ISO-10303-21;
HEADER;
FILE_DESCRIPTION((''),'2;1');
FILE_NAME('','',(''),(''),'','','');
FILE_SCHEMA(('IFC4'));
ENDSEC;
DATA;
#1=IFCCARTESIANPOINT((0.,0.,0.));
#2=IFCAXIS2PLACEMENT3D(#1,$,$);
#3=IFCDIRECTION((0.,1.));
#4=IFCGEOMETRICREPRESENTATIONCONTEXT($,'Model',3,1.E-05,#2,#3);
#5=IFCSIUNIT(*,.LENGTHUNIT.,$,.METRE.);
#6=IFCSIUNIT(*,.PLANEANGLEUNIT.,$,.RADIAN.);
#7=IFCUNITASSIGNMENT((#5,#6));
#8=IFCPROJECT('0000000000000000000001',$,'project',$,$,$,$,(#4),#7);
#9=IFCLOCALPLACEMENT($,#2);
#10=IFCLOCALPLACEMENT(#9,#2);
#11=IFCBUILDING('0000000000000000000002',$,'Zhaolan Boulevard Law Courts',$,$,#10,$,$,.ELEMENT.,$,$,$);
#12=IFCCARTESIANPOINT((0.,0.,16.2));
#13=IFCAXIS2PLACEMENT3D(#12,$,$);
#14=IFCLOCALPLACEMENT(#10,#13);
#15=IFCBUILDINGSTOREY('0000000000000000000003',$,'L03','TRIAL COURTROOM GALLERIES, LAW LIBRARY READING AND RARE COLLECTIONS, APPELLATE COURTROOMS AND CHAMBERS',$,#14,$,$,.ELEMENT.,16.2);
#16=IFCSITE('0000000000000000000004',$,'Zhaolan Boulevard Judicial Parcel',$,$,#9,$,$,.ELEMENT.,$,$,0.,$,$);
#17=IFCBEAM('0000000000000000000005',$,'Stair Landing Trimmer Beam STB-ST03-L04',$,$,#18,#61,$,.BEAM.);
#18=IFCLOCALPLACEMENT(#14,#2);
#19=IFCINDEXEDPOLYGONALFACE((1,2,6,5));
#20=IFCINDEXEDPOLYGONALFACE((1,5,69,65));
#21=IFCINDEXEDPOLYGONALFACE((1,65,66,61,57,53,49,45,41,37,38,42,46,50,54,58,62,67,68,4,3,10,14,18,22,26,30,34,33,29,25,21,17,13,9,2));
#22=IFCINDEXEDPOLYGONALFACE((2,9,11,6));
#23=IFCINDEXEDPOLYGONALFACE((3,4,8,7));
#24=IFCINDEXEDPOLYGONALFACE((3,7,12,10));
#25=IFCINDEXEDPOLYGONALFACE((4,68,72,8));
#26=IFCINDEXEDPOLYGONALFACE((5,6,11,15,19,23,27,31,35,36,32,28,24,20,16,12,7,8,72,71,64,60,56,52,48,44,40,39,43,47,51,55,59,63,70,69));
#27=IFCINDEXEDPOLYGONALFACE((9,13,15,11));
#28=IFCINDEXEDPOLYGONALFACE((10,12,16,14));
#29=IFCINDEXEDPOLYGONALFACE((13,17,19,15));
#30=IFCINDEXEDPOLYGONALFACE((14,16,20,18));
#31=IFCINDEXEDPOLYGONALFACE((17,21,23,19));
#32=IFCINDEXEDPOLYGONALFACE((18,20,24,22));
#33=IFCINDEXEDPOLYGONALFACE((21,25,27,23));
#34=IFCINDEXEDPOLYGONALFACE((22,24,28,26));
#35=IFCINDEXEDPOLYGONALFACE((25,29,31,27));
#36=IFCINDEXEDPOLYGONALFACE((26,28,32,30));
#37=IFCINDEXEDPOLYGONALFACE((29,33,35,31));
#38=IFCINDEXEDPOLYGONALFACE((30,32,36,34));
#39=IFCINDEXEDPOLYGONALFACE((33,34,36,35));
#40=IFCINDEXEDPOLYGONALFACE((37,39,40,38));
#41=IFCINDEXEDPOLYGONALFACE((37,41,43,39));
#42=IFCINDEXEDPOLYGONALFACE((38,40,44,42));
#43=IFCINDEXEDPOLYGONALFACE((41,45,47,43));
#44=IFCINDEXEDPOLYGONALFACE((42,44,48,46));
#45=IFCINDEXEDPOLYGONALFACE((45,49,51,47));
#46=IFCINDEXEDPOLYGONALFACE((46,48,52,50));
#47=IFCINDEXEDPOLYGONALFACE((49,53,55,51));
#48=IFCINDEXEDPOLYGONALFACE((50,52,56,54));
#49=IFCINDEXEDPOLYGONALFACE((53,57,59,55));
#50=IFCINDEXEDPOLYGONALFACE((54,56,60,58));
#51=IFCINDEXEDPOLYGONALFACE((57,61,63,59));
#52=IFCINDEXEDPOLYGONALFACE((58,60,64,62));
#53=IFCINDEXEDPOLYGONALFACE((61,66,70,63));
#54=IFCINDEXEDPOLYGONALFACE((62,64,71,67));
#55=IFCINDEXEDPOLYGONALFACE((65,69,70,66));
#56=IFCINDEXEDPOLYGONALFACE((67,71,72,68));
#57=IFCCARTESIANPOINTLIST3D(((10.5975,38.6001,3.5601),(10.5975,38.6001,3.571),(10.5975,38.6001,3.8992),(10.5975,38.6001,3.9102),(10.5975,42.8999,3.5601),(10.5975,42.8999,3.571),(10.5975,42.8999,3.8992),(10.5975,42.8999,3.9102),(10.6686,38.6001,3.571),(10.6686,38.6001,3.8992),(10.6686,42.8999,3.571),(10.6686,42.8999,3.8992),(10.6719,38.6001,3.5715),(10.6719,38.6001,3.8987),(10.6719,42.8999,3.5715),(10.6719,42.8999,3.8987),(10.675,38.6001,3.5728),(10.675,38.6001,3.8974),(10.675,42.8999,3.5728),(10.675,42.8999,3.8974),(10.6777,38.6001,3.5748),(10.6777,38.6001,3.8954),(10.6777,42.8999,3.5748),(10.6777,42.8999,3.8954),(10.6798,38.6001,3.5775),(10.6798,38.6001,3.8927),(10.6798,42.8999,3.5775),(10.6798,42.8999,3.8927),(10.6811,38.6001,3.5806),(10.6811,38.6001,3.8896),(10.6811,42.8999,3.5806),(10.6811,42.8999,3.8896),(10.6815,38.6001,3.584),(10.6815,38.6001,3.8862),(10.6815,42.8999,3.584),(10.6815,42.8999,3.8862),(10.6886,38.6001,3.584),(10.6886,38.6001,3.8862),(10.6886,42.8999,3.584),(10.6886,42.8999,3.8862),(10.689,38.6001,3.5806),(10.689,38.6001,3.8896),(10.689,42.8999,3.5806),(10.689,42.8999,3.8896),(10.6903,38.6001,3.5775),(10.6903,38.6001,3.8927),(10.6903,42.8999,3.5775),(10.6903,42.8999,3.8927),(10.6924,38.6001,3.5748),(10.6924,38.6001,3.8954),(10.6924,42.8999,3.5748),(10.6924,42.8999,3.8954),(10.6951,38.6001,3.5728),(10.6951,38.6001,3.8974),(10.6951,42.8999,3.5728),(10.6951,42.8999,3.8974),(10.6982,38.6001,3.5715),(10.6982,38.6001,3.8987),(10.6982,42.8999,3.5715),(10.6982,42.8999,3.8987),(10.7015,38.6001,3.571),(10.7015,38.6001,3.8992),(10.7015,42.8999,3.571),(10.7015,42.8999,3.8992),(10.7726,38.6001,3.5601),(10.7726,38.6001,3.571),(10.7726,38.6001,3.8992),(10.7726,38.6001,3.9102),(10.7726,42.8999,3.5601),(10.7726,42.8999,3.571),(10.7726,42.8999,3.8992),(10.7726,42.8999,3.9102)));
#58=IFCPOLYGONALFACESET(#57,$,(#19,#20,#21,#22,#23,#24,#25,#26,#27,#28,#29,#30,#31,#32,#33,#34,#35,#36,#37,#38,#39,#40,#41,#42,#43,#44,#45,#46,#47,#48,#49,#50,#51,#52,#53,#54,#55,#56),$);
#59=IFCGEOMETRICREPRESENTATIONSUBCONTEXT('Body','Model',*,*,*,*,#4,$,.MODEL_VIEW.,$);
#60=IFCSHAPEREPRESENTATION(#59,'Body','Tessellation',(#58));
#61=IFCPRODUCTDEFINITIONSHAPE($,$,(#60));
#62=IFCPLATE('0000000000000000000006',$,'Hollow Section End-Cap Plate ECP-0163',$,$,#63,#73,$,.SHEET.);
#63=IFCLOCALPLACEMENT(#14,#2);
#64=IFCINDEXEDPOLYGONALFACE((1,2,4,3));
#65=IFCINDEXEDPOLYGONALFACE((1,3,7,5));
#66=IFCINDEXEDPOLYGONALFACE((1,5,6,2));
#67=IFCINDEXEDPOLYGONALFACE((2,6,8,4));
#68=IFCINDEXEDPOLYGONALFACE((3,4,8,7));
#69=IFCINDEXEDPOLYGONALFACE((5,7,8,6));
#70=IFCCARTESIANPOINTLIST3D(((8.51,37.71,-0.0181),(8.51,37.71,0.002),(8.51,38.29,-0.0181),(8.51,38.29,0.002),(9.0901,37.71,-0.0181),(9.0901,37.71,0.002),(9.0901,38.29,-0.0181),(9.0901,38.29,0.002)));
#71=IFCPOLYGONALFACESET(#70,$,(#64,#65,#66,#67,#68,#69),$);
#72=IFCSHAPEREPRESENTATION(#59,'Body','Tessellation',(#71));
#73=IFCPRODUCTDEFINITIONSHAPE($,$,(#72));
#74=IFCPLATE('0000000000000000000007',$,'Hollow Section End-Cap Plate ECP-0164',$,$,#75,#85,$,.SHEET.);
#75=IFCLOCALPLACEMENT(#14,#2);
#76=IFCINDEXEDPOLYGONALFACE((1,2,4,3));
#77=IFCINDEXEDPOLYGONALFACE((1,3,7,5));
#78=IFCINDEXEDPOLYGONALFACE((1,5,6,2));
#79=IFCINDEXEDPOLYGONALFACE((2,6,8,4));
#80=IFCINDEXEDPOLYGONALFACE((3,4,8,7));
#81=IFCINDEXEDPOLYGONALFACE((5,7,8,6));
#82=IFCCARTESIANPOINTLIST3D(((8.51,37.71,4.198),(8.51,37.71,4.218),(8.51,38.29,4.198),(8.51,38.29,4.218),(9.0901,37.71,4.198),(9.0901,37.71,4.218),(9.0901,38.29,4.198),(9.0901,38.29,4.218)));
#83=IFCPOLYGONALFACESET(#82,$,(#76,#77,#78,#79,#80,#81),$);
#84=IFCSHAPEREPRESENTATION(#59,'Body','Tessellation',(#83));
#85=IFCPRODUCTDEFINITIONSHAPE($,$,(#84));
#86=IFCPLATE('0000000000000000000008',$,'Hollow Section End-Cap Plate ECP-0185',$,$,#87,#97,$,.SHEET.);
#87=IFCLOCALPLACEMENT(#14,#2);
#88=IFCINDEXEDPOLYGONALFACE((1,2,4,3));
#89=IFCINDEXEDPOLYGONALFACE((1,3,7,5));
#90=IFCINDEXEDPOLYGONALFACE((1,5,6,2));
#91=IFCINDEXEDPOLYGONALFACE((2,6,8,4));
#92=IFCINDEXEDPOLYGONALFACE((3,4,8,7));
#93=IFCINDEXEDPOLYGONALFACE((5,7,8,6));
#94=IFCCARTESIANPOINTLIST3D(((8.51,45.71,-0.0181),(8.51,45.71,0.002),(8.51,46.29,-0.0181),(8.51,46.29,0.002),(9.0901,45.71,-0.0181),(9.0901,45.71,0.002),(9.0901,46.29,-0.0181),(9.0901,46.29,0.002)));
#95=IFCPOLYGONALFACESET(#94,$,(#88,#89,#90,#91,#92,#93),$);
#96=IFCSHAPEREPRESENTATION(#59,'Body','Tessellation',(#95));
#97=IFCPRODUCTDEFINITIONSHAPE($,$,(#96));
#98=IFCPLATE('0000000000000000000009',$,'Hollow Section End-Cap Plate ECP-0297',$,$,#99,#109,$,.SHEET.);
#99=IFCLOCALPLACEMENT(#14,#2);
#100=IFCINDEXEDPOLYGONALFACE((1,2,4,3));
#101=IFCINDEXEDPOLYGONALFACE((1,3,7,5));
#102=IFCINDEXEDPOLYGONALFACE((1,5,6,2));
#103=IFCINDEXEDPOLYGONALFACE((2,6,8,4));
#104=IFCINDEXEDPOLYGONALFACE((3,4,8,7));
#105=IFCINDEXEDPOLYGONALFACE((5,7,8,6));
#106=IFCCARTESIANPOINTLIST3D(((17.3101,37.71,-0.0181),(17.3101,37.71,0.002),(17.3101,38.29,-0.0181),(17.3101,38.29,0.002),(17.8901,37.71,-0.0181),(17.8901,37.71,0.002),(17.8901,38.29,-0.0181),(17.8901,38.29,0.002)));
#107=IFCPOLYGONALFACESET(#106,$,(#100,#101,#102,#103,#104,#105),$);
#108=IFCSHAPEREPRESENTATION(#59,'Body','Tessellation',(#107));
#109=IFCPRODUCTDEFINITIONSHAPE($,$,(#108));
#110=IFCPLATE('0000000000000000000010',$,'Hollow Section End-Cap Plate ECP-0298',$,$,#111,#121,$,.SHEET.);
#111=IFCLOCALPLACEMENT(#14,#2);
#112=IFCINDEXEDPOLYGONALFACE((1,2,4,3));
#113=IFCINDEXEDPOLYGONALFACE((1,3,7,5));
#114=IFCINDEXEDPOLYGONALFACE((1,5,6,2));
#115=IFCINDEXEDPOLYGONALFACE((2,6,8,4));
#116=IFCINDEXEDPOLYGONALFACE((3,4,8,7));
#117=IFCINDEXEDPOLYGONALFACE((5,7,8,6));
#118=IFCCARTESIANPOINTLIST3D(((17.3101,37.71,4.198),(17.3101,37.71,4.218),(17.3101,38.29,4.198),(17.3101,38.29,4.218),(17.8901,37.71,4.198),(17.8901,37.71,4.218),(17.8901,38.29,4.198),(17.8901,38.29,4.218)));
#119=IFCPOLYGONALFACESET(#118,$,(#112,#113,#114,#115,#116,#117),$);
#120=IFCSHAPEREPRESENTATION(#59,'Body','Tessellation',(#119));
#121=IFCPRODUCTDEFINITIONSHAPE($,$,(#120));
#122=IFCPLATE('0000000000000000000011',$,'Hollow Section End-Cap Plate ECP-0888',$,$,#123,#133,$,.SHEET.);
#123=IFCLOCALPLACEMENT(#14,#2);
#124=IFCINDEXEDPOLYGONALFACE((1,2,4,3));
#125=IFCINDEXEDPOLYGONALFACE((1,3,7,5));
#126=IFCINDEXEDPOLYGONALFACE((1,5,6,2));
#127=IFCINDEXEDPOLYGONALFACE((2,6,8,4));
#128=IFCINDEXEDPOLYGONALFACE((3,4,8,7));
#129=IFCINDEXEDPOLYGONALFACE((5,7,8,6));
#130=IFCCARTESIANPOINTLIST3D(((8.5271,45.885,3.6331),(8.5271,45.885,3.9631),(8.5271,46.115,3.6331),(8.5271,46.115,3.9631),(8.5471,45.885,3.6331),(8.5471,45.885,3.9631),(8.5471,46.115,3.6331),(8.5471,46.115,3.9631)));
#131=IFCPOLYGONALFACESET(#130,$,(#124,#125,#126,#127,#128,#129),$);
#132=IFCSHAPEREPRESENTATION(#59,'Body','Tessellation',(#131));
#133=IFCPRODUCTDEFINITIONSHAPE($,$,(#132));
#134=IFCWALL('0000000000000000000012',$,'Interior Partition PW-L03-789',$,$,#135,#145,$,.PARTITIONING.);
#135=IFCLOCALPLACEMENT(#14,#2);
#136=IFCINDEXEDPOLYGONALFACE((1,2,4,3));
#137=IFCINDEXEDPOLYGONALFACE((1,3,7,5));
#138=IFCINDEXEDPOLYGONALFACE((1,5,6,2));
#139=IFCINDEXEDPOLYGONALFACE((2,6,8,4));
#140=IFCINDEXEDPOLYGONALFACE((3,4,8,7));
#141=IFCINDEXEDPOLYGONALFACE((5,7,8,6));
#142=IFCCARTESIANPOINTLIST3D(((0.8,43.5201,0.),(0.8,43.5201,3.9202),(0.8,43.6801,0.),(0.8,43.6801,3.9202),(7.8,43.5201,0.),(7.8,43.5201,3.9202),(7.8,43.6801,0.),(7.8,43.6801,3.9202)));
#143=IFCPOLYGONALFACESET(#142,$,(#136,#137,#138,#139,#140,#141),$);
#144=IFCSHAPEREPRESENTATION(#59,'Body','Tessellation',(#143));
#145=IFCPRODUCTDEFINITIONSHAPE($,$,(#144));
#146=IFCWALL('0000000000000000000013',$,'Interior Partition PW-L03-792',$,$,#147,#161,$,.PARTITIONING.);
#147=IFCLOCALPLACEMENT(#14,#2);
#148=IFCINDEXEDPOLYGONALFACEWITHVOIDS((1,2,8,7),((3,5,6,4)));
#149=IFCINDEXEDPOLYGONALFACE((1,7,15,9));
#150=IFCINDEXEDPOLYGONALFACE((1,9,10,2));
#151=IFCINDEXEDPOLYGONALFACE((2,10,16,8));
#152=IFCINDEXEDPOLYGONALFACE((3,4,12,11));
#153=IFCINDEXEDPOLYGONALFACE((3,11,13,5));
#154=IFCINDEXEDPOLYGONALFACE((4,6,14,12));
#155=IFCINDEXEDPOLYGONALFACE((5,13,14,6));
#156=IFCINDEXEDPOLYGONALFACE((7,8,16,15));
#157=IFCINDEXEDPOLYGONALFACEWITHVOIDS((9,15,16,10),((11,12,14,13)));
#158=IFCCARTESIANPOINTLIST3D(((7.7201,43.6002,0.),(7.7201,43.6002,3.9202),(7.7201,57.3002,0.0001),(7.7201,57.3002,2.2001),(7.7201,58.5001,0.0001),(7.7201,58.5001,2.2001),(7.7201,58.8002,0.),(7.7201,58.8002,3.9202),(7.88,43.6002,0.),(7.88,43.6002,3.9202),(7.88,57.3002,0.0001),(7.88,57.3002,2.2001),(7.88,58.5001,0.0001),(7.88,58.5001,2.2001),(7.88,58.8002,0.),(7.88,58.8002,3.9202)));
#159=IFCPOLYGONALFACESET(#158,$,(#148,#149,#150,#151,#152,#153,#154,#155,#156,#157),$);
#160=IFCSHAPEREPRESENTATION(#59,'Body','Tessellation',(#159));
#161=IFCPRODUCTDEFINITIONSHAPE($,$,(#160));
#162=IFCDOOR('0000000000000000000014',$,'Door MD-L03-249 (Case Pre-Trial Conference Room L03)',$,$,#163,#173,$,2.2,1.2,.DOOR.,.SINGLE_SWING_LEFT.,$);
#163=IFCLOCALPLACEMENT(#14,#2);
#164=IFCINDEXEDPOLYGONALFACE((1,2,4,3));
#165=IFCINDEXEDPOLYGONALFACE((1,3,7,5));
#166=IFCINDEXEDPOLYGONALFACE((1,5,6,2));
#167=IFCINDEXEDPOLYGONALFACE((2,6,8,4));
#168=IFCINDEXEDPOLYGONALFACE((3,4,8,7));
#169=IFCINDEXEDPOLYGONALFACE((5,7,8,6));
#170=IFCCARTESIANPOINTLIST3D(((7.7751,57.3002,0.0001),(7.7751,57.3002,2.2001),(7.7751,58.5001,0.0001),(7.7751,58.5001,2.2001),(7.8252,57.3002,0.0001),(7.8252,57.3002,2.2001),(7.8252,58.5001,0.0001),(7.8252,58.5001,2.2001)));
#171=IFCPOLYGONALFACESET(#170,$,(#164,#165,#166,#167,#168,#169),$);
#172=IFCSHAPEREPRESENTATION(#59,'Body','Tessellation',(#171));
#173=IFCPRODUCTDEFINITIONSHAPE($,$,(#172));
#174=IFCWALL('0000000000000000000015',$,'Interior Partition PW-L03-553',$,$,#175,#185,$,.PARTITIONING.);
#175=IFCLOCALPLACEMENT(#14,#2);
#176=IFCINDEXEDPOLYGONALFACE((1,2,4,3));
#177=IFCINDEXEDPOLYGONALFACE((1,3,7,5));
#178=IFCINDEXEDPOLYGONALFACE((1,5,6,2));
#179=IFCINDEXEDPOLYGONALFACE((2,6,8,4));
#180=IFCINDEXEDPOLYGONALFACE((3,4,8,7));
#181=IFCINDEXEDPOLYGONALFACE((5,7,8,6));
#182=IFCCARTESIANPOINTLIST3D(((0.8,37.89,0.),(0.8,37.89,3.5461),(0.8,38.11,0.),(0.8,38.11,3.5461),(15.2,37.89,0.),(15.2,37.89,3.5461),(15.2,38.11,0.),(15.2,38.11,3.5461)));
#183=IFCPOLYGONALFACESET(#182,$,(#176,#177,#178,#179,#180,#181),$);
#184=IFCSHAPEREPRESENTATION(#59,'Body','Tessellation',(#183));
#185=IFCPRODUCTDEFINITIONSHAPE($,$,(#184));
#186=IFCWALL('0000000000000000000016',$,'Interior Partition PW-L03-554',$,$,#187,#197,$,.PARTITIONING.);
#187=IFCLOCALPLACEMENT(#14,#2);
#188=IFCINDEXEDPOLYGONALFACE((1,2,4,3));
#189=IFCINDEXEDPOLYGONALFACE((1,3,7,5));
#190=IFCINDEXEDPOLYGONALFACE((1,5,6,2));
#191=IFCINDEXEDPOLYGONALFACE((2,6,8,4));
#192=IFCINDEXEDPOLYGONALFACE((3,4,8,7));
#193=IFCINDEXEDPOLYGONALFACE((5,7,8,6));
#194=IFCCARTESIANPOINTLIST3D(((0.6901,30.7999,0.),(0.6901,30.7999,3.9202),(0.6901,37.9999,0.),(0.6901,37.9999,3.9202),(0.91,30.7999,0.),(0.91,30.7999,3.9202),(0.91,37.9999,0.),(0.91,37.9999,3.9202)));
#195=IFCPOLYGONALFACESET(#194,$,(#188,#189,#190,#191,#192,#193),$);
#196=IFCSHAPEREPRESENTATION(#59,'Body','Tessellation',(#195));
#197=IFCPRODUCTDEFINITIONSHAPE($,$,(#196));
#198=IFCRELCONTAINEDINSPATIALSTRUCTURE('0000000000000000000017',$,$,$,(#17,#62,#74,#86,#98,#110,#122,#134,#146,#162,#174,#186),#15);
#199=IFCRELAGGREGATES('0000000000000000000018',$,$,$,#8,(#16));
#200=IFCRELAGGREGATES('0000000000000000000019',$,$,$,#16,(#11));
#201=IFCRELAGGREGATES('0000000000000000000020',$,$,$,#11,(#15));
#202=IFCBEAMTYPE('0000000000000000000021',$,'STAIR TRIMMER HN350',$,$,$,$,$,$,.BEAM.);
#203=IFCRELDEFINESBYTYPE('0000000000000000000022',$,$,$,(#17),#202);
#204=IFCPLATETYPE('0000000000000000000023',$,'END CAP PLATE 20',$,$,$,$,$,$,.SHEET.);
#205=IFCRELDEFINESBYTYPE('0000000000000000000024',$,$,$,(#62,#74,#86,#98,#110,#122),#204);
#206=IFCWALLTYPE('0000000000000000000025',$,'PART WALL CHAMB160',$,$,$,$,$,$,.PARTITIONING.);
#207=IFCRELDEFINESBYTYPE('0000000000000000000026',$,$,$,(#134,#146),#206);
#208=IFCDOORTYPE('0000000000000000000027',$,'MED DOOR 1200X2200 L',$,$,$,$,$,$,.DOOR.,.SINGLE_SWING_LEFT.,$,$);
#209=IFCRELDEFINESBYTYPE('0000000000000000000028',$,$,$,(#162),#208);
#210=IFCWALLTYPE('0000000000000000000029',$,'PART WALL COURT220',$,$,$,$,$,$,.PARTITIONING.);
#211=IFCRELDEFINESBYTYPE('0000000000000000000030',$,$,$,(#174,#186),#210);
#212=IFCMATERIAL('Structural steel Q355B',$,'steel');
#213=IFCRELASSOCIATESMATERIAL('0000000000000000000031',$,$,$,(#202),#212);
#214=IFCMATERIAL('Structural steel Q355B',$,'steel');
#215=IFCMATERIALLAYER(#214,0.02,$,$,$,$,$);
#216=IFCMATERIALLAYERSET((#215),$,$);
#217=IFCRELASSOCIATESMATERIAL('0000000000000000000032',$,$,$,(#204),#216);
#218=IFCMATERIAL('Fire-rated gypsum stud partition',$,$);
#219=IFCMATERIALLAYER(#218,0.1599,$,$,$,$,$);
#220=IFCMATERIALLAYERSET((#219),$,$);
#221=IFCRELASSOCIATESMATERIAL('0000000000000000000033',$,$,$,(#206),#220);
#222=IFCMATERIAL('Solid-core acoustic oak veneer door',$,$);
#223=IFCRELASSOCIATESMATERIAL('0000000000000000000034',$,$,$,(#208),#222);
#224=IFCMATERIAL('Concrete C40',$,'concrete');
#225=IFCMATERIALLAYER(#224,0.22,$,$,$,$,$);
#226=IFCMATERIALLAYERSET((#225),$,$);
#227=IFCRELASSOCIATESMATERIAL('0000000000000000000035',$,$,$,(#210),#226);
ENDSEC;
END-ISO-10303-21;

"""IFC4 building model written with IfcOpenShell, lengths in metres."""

from ifc_helpers import new_model, si_unit, direction, frame, frame_2d, origin, origin_2d, place, context, subcontext, project, spatial, rectangle, i_section, extrude, material, layer, layer_set, material_profile, profile_set, type_object, element, fill, save


model = new_model("IFC4")

# Units and contexts
model_context = context("Model", 3, precision=1e-05, world=origin(), true_north=direction((0.0, 1.0)))
body_context = subcontext(model_context, "Body", "Model", "MODEL_VIEW")
ifc_project = project(units=[si_unit("LENGTHUNIT", "METRE"), si_unit("PLANEANGLEUNIT", "RADIAN")], contexts=[model_context])

# Site, building, storey
site_placement = place(None, origin())
site = spatial("IfcSite", under=ifc_project, at=site_placement, Name="Zhaolan Boulevard Judicial Parcel", CompositionType="ELEMENT", RefElevation=0.0)
building_placement = place(site_placement, origin())
building = spatial("IfcBuilding", under=site, at=building_placement, Name="Zhaolan Boulevard Law Courts", CompositionType="ELEMENT")
storey_placement = place(building_placement, frame((0.0, 0.0, 16.2)))
storey = spatial("IfcBuildingStorey", under=building, at=storey_placement, Name="L03", Description="TRIAL COURTROOM GALLERIES, LAW LIBRARY READING AND RARE COLLECTIONS, APPELLATE COURTROOMS AND CHAMBERS", CompositionType="ELEMENT", Elevation=16.2)

# Beam
ifc_material_1 = material(Name="Structural steel Q355B", Category="steel")
ifc_material_profile_1 = material_profile(ifc_material_1, i_section(OverallWidth=0.175, OverallDepth=0.3501, WebThickness=0.0071, FlangeThickness=0.011, FilletRadius=0.0129, at=origin_2d()), Name="HN350x175")
ifc_profile_set_1 = profile_set([ifc_material_profile_1], Name="Structural steel Q355B")
beam_type_1 = type_object("IfcBeamType", Name="STAIR TRIMMER HN350", PredefinedType="BEAM", material=ifc_profile_set_1)
beam_1_placement = place(storey_placement, frame((10.6851, 38.6001, 3.7351), z_axis=(0.0, 1.0, 0.0), x_axis=(-1.0, 0.0, 0.0)))
element("IfcBeam", 1, at=beam_1_placement, inside=storey, type_object=beam_type_1, Name="Stair Landing Trimmer Beam STB-ST03-L04", PredefinedType="BEAM", context=body_context, shape_type="SweptSolid", body=[
    extrude(i_section(OverallWidth=0.175, OverallDepth=0.3501, WebThickness=0.0071, FlangeThickness=0.011, FilletRadius=0.0129, at=origin_2d()), origin(), (0.0, 0.0, 1.0), 4.2998),
])

# Plates
ifc_material_2 = material(Name="Structural steel Q355B", Category="steel")
ifc_layer_1 = layer(ifc_material_2, 0.02)
ifc_layer_set_1 = layer_set([ifc_layer_1])
plate_type = type_object("IfcPlateType", Name="END CAP PLATE 20", PredefinedType="SHEET", material=ifc_layer_set_1)
for number, where, z_axis, x_axis, name in (
    (2, (8.8, 38.0, -0.0181), (0.0, 0.0, 1.0), (1.0, 0.0, 0.0), "Hollow Section End-Cap Plate ECP-0163"),
    (3, (8.8, 38.0, 4.198), (0.0, 0.0, 1.0), (1.0, 0.0, 0.0), "Hollow Section End-Cap Plate ECP-0164"),
    (4, (8.8, 46.0, -0.0181), (0.0, 0.0, 1.0), (1.0, 0.0, 0.0), "Hollow Section End-Cap Plate ECP-0185"),
    (5, (17.6001, 38.0, -0.0181), (0.0, 0.0, 1.0), (1.0, 0.0, 0.0), "Hollow Section End-Cap Plate ECP-0297"),
    (6, (17.6001, 38.0, 4.198), (0.0, 0.0, 1.0), (1.0, 0.0, 0.0), "Hollow Section End-Cap Plate ECP-0298"),
):
    element("IfcPlate", number, at=place(storey_placement, frame(where, z_axis=z_axis, x_axis=x_axis)), inside=storey, type_object=plate_type, Name=name, PredefinedType="SHEET", context=body_context, shape_type="SweptSolid", body=[
        extrude(rectangle(XDim=0.5801, YDim=0.5801, at=origin_2d()), origin(), (0.0, 0.0, 1.0), 0.02),
    ])
plate_placement = place(storey_placement, frame((8.5371, 46.0, 3.6331), z_axis=(0.0, 0.0, 1.0), x_axis=(1.0, 0.0, 0.0)))
element("IfcPlate", 7, at=plate_placement, inside=storey, type_object=plate_type, Name="Hollow Section End-Cap Plate ECP-0888", PredefinedType="SHEET", context=body_context, shape_type="SweptSolid", body=[
    extrude(rectangle(XDim=0.02, YDim=0.23, at=origin_2d()), origin(), (0.0, 0.0, 1.0), 0.3301),
])

# Wall
ifc_material_3 = material(Name="Fire-rated gypsum stud partition")
ifc_layer_2 = layer(ifc_material_3, 0.1599)
ifc_layer_set_2 = layer_set([ifc_layer_2])
wall_type_1 = type_object("IfcWallType", Name="PART WALL CHAMB160", PredefinedType="PARTITIONING", material=ifc_layer_set_2)
wall_1_placement = place(storey_placement, frame((0.8, 43.6001, 0.0), z_axis=(0.0, 0.0, 1.0), x_axis=(1.0, 0.0, 0.0)))
element("IfcWall", 8, at=wall_1_placement, inside=storey, type_object=wall_type_1, Name="Interior Partition PW-L03-789", PredefinedType="PARTITIONING", context=body_context, shape_type="SweptSolid", body=[
    extrude(rectangle(XDim=7.0, YDim=0.1599, at=frame_2d((3.5, 0.0))), origin(), (0.0, 0.0, 1.0), 3.9202),
])

# Wall, opening, door
wall_2_placement = place(storey_placement, frame((7.8, 43.6001, 0.0), z_axis=(0.0, 0.0, 1.0), x_axis=(0.0, 1.0, 0.0)))
wall_2 = element("IfcWall", 9, at=wall_2_placement, inside=storey, type_object=wall_type_1, Name="Interior Partition PW-L03-792", PredefinedType="PARTITIONING", context=body_context, shape_type="SweptSolid", body=[
    extrude(rectangle(XDim=15.2, YDim=0.1599, at=frame_2d((7.6001, 0.0))), origin(), (0.0, 0.0, 1.0), 3.9202),
])
opening_1_placement = place(wall_2_placement, frame((13.7, 0.0, 0.0)))
opening_1 = element("IfcOpeningElement", 10, at=opening_1_placement, cuts=wall_2, PredefinedType="OPENING", context=body_context, shape_type="SweptSolid", body=[
    extrude(rectangle(XDim=1.2, YDim=2.2, at=frame_2d((0.6001, 1.1001))), frame((0.0, 0.0898, 0.0), z_axis=(0.0, -1.0, 0.0), x_axis=(1.0, 0.0, 0.0)), (0.0, 0.0, 1.0), 0.1799),
])
ifc_material_4 = material(Name="Solid-core acoustic oak veneer door")
door_type_1 = type_object("IfcDoorType", Name="MED DOOR 1200X2200 L", OperationType="SINGLE_SWING_LEFT", PredefinedType="DOOR", material=ifc_material_4)
door_1_placement = place(opening_1_placement, origin())
door_1 = element("IfcDoor", 11, at=door_1_placement, inside=storey, type_object=door_type_1, Name="Door MD-L03-249 (Case Pre-Trial Conference Room L03)", OperationType="SINGLE_SWING_LEFT", OverallHeight=2.2, OverallWidth=1.2, PredefinedType="DOOR", context=body_context, shape_type="SweptSolid", body=[
    extrude(rectangle(XDim=1.2, YDim=2.2, at=frame_2d((0.6001, 1.1001))), frame((0.0, 0.0249, 0.0), z_axis=(0.0, -1.0, 0.0), x_axis=(1.0, 0.0, 0.0)), (0.0, 0.0, 1.0), 0.05),
])
fill(opening_1, door_1)

# Walls
ifc_material_5 = material(Name="Concrete C40", Category="concrete")
ifc_layer_3 = layer(ifc_material_5, 0.22)
ifc_layer_set_3 = layer_set([ifc_layer_3])
wall_type_2 = type_object("IfcWallType", Name="PART WALL COURT220", PredefinedType="PARTITIONING", material=ifc_layer_set_3)
wall_3_placement = place(storey_placement, frame((15.2, 38.0, 0.0), z_axis=(0.0, 0.0, 1.0), x_axis=(-1.0, 0.0, 0.0)))
element("IfcWall", 12, at=wall_3_placement, inside=storey, type_object=wall_type_2, Name="Interior Partition PW-L03-553", PredefinedType="PARTITIONING", context=body_context, shape_type="SweptSolid", body=[
    extrude(rectangle(XDim=14.3999, YDim=0.22, at=frame_2d((7.2, 0.0))), origin(), (0.0, 0.0, 1.0), 3.5461),
])
wall_4_placement = place(storey_placement, frame((0.8, 38.0, 0.0), z_axis=(0.0, 0.0, 1.0), x_axis=(0.0, -1.0, 0.0)))
element("IfcWall", 13, at=wall_4_placement, inside=storey, type_object=wall_type_2, Name="Interior Partition PW-L03-554", PredefinedType="PARTITIONING", context=body_context, shape_type="SweptSolid", body=[
    extrude(rectangle(XDim=7.2, YDim=0.22, at=frame_2d((3.6001, 0.0))), origin(), (0.0, 0.0, 1.0), 3.9202),
])

save(model, "model.ifc")
